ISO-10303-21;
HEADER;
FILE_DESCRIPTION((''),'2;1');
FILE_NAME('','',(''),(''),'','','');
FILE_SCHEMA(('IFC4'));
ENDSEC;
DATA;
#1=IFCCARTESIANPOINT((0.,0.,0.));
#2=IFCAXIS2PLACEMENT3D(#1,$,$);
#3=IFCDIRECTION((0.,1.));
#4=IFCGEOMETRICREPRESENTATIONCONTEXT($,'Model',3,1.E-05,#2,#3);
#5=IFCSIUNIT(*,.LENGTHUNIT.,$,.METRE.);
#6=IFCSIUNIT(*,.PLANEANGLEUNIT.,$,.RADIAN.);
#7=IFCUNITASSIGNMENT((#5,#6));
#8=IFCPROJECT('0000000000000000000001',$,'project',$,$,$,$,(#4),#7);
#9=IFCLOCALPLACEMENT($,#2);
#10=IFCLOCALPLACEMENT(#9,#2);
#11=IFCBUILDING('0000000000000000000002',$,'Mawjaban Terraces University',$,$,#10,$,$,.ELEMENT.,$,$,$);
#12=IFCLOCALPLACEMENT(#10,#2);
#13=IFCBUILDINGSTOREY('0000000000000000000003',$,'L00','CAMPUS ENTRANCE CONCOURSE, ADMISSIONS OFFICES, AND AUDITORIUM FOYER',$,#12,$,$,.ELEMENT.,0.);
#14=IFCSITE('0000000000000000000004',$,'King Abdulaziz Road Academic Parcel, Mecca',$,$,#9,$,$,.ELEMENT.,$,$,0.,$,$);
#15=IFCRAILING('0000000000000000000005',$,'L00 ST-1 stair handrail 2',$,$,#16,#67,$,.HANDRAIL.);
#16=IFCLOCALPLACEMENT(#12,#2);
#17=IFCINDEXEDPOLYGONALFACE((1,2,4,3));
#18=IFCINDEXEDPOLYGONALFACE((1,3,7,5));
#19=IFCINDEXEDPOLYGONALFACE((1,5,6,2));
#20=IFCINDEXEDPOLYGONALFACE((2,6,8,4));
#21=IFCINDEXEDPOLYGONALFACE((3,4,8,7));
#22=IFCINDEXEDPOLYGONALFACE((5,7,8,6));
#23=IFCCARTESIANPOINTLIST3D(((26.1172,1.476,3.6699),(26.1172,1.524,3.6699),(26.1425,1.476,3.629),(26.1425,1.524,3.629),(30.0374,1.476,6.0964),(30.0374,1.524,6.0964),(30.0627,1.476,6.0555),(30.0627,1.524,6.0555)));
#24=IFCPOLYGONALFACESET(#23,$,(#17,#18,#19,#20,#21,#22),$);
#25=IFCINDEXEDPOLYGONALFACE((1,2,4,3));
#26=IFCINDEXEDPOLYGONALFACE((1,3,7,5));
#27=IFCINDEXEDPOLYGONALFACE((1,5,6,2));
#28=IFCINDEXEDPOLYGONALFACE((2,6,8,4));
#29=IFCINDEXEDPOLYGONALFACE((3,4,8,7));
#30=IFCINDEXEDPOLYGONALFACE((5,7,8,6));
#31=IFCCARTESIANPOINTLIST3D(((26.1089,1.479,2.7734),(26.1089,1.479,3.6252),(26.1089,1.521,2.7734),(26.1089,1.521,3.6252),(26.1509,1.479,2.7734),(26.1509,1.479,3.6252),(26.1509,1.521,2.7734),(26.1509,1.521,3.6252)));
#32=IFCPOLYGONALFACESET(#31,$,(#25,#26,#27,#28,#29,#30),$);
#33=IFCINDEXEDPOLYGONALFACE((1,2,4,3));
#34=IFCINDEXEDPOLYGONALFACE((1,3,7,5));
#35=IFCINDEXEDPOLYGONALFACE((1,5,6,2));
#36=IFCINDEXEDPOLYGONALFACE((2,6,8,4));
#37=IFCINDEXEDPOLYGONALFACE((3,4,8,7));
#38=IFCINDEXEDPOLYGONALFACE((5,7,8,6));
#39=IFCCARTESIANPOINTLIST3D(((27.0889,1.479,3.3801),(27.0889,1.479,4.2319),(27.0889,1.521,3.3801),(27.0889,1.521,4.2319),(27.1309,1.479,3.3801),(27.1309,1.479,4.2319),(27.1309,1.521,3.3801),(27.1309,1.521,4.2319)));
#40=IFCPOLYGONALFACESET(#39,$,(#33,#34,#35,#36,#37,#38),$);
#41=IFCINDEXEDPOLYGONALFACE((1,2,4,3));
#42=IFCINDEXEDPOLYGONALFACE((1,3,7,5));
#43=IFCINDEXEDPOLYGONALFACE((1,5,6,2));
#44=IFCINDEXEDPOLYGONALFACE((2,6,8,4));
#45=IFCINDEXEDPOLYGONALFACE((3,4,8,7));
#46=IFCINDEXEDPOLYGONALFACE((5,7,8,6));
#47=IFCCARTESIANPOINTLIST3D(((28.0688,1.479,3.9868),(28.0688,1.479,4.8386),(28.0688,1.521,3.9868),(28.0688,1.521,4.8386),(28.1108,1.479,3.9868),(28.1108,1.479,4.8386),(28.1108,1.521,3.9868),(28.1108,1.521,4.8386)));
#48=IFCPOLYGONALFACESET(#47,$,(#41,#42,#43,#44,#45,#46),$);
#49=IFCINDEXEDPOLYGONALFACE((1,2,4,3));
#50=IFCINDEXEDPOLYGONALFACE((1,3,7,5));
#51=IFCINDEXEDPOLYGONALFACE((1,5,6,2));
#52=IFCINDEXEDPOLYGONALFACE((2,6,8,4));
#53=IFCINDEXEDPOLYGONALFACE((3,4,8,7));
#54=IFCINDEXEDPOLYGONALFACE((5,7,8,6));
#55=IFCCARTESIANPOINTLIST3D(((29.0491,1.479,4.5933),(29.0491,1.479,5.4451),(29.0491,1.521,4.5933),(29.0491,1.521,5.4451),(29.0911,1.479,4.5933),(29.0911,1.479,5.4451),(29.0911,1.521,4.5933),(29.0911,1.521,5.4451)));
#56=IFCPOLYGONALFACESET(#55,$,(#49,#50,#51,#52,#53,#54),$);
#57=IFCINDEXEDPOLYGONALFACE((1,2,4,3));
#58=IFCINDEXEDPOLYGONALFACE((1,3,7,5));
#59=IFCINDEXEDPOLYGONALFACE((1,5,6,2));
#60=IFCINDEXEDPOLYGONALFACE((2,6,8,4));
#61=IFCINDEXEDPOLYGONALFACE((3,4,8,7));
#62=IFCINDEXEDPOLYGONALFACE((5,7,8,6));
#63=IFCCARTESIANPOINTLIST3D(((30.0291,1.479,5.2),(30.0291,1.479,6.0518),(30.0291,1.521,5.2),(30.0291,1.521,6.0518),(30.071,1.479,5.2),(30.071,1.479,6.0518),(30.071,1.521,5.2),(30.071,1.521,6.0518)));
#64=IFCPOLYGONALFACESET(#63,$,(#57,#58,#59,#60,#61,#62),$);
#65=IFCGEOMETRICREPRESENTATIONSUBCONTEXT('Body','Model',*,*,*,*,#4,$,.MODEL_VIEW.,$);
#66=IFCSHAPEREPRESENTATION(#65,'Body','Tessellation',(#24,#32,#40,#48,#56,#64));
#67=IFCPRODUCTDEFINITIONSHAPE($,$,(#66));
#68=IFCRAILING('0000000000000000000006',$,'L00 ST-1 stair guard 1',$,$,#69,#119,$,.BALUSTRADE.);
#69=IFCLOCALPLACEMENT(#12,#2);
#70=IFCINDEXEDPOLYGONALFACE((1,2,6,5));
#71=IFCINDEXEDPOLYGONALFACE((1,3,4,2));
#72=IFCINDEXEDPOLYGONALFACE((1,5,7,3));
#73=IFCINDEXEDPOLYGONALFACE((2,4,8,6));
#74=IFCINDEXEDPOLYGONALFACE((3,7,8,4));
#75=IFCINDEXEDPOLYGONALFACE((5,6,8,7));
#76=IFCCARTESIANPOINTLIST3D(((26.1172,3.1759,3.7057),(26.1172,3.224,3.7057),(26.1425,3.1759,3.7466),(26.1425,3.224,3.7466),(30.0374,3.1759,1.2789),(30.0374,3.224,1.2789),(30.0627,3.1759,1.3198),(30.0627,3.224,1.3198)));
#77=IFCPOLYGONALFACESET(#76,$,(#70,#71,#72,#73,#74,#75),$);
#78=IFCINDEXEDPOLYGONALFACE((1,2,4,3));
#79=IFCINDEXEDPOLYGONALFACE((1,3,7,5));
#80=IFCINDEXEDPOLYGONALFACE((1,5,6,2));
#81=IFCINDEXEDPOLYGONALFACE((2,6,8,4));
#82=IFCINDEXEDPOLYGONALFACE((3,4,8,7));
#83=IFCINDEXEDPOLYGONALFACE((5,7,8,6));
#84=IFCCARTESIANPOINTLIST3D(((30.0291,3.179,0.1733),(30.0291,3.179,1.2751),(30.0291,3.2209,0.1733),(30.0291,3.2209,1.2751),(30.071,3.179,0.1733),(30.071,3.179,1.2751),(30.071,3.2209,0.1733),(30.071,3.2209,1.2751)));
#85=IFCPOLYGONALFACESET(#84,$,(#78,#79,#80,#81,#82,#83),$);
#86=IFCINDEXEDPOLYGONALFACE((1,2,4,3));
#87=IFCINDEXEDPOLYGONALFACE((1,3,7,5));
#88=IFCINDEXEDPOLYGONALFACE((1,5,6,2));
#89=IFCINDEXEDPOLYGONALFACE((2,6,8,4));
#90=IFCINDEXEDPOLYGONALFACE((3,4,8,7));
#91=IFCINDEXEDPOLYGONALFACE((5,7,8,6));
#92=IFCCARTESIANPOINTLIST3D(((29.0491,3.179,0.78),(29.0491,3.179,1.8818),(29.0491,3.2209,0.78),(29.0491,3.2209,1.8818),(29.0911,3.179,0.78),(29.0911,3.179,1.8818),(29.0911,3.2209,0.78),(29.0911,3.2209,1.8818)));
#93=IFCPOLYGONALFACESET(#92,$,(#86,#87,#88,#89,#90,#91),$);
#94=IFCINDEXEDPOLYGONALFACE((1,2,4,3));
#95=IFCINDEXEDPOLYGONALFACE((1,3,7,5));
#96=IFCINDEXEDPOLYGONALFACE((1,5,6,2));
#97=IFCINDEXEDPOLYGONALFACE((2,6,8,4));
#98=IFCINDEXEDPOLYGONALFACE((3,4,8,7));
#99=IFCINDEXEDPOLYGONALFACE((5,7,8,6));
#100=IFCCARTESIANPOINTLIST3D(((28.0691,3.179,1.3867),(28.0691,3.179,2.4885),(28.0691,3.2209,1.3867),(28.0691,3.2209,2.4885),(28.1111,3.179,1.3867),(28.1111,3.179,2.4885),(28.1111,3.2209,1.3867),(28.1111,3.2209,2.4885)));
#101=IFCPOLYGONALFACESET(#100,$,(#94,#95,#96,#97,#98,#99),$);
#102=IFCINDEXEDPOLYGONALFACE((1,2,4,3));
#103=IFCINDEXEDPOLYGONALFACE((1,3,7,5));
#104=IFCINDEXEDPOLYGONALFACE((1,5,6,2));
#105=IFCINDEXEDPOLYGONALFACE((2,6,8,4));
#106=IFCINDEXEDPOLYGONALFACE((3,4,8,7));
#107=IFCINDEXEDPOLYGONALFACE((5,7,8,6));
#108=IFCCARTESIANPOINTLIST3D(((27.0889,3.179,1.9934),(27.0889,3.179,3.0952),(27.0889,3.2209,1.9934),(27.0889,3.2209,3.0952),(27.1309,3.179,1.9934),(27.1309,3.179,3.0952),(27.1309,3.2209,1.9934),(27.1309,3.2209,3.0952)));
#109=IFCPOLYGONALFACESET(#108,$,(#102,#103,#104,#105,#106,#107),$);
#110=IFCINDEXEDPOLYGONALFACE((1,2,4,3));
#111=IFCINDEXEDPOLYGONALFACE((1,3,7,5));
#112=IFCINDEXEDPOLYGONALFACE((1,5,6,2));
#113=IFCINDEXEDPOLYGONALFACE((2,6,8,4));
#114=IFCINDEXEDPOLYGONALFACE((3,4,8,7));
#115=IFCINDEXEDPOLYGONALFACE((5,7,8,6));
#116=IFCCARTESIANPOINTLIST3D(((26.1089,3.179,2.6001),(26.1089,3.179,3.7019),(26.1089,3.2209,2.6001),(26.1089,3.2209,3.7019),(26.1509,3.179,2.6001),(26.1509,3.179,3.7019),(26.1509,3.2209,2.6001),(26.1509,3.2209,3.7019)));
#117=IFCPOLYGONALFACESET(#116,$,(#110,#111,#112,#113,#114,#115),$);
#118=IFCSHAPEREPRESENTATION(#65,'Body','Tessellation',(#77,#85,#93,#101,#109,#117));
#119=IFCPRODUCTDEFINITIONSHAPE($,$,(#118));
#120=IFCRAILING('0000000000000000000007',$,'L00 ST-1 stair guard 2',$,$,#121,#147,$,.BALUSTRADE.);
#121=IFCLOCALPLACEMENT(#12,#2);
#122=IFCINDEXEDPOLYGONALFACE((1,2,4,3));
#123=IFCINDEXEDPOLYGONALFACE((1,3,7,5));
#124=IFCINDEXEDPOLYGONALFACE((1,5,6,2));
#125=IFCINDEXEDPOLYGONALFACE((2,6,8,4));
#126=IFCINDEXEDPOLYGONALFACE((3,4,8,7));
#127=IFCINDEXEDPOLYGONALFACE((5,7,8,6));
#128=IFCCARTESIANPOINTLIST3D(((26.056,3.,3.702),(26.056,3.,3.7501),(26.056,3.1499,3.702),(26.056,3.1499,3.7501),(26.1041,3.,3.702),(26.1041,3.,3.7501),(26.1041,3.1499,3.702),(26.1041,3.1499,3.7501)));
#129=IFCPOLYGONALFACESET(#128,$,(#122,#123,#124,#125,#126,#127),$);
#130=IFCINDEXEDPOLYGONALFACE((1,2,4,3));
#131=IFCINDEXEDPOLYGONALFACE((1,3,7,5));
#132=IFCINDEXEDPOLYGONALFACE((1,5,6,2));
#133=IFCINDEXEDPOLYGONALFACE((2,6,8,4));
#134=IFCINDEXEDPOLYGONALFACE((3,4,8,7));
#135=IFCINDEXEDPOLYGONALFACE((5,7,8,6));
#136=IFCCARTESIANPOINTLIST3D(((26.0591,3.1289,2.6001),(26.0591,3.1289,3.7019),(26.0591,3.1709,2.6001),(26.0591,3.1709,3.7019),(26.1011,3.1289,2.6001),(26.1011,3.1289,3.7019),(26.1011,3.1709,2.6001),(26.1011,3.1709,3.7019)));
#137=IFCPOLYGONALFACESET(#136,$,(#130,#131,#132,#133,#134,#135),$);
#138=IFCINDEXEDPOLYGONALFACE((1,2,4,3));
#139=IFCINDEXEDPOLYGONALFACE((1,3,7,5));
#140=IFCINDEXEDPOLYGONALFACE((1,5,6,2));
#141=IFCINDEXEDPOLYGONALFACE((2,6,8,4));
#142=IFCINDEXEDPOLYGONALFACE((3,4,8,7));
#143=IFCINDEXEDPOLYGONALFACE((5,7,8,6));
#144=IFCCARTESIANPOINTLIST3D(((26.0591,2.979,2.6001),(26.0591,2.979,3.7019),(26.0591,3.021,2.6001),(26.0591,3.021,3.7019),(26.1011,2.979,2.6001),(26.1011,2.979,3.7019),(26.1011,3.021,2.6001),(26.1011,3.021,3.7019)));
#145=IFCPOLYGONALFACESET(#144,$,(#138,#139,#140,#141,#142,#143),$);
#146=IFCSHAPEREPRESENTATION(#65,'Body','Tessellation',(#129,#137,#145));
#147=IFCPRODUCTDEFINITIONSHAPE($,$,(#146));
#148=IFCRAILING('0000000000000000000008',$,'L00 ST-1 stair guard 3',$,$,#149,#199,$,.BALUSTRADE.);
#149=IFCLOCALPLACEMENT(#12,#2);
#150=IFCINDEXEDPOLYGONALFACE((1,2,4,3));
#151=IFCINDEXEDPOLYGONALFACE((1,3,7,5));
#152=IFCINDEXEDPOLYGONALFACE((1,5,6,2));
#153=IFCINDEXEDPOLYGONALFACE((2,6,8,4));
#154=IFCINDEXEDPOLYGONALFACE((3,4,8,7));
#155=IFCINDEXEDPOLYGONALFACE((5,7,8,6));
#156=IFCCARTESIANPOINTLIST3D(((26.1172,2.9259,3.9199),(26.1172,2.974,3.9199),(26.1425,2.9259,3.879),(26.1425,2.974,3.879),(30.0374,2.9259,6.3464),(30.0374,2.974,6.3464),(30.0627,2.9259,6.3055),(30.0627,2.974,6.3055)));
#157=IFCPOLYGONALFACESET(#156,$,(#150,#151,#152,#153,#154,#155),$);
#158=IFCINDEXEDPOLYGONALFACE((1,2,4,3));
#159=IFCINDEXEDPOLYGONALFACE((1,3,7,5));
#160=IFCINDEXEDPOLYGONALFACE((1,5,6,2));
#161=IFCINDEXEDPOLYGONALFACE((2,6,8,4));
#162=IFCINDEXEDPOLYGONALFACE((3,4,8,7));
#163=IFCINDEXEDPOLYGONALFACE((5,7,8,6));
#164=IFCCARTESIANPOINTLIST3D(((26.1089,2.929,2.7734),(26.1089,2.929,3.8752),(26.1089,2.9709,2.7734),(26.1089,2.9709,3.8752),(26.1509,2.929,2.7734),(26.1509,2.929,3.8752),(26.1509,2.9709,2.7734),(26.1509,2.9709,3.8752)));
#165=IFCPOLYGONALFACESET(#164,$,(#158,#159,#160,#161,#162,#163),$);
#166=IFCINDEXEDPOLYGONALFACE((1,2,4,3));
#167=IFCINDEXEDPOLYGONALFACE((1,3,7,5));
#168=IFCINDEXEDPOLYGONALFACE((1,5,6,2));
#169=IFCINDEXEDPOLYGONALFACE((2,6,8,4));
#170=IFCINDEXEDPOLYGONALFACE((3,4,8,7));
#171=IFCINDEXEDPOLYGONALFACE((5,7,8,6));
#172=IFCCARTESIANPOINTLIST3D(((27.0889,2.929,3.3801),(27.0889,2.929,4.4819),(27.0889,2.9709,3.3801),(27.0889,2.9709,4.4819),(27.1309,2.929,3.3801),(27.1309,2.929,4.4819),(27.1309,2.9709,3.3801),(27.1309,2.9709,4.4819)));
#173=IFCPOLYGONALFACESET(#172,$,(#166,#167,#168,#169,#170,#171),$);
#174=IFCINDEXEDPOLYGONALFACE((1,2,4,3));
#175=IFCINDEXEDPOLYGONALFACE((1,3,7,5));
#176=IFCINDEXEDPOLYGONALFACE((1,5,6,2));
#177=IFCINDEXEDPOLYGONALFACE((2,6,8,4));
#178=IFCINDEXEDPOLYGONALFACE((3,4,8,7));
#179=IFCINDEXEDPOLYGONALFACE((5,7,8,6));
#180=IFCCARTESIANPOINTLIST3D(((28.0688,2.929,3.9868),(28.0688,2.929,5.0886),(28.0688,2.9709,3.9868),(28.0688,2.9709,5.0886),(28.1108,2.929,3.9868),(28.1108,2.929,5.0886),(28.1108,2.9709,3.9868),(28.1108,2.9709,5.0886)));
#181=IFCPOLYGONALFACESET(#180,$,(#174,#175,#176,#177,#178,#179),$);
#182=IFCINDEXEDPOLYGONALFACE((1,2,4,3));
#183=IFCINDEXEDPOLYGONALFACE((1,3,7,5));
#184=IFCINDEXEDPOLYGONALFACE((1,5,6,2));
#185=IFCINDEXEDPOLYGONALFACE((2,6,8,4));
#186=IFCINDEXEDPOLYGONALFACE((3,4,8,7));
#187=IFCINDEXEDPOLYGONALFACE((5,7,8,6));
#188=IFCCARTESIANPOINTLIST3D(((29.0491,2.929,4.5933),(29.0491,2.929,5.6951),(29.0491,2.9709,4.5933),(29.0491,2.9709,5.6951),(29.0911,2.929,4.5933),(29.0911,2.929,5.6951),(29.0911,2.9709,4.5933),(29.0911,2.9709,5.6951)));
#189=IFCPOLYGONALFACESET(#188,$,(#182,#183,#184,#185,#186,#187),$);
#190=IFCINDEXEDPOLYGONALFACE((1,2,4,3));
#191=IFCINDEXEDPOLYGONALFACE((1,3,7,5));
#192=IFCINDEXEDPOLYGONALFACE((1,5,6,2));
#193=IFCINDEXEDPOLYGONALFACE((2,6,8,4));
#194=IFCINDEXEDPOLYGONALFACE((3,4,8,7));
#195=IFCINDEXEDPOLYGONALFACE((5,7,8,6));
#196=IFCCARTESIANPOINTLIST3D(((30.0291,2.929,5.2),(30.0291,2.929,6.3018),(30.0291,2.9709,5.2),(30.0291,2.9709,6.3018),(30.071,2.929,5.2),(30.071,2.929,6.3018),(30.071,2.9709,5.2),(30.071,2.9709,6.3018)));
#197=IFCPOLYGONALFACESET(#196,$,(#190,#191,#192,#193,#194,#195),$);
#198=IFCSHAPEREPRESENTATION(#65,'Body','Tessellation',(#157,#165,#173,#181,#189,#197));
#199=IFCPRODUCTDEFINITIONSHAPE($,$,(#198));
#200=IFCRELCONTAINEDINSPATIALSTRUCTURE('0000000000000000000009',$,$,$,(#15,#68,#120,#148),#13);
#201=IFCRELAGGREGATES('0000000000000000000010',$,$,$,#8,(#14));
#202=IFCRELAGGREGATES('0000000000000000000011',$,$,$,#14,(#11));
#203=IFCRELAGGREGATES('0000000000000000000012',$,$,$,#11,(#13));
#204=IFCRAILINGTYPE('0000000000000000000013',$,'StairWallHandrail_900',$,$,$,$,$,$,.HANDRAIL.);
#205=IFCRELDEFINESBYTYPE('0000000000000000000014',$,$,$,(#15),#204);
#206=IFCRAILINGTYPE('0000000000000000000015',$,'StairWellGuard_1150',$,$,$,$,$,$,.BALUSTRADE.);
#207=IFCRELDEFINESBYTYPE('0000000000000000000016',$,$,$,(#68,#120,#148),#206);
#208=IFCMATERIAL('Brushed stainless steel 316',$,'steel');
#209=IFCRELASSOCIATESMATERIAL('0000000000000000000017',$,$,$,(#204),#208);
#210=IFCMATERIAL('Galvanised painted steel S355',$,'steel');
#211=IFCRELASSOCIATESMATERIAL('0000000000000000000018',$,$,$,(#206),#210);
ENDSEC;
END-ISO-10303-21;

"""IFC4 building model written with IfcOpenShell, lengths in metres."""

from ifc_helpers import new_model, si_unit, direction, frame, origin, origin_2d, place, context, subcontext, project, spatial, rectangle, extrude, material, type_object, element, save


model = new_model("IFC4")

# Units and contexts
model_context = context("Model", 3, precision=1e-05, world=origin(), true_north=direction((0.0, 1.0)))
body_context = subcontext(model_context, "Body", "Model", "MODEL_VIEW")
ifc_project = project(units=[si_unit("LENGTHUNIT", "METRE"), si_unit("PLANEANGLEUNIT", "RADIAN")], contexts=[model_context])

# Site, building, storey
site_placement = place(None, origin())
site = spatial("IfcSite", under=ifc_project, at=site_placement, Name="King Abdulaziz Road Academic Parcel, Mecca", CompositionType="ELEMENT", RefElevation=0.0)
building_placement = place(site_placement, origin())
building = spatial("IfcBuilding", under=site, at=building_placement, Name="Mawjaban Terraces University", CompositionType="ELEMENT")
storey_placement = place(building_placement, origin())
storey = spatial("IfcBuildingStorey", under=building, at=storey_placement, Name="L00", Description="CAMPUS ENTRANCE CONCOURSE, ADMISSIONS OFFICES, AND AUDITORIUM FOYER", CompositionType="ELEMENT", Elevation=0.0)

# Railings
ifc_material_1 = material(Name="Brushed stainless steel 316", Category="steel")
railing_type_1 = type_object("IfcRailingType", Name="StairWallHandrail_900", PredefinedType="HANDRAIL", material=ifc_material_1)
railing_1_placement = place(storey_placement, frame((26.1299, 1.5, 2.7734)))
element("IfcRailing", 1, at=railing_1_placement, inside=storey, type_object=railing_type_1, Name="L00 ST-1 stair handrail 2", PredefinedType="HANDRAIL", context=body_context, shape_type="SweptSolid", body=[
    extrude(rectangle(XDim=0.0481, YDim=0.0481, at=origin_2d()), frame((0.0, 0.0, 0.876), z_axis=(0.85029, 0.0, 0.526315), x_axis=(0.0, 1.0, 0.0)), (0.0, 0.0, 1.0), 4.6104),
    extrude(rectangle(XDim=0.042, YDim=0.042, at=origin_2d()), origin(), (0.0, 0.0, 1.0), 0.8518),
    extrude(rectangle(XDim=0.042, YDim=0.042, at=origin_2d()), frame((0.98, 0.0, 0.6067)), (0.0, 0.0, 1.0), 0.8518),
    extrude(rectangle(XDim=0.042, YDim=0.042, at=origin_2d()), frame((1.96, 0.0, 1.2134)), (0.0, 0.0, 1.0), 0.8518),
    extrude(rectangle(XDim=0.042, YDim=0.042, at=origin_2d()), frame((2.9402, 0.0, 1.8198)), (0.0, 0.0, 1.0), 0.8518),
    extrude(rectangle(XDim=0.042, YDim=0.042, at=origin_2d()), frame((3.9202, 0.0, 2.4265)), (0.0, 0.0, 1.0), 0.8518),
])
ifc_material_2 = material(Name="Galvanised painted steel S355", Category="steel")
railing_type_2 = type_object("IfcRailingType", Name="StairWellGuard_1150", PredefinedType="BALUSTRADE", material=ifc_material_2)
railing_2_placement = place(storey_placement, frame((30.05, 3.2, 0.1733)))
element("IfcRailing", 2, at=railing_2_placement, inside=storey, type_object=railing_type_2, Name="L00 ST-1 stair guard 1", PredefinedType="BALUSTRADE", context=body_context, shape_type="SweptSolid", body=[
    extrude(rectangle(XDim=0.0481, YDim=0.0481, at=origin_2d()), frame((0.0, 0.0, 1.126), z_axis=(-0.850266, 0.0, 0.526353), x_axis=(0.0, -1.0, 0.0)), (0.0, 0.0, 1.0), 4.6106),
    extrude(rectangle(XDim=0.042, YDim=0.042, at=origin_2d()), origin(), (0.0, 0.0, 1.0), 1.1018),
    extrude(rectangle(XDim=0.042, YDim=0.042, at=origin_2d()), frame((-0.98, 0.0, 0.6067)), (0.0, 0.0, 1.0), 1.1018),
    extrude(rectangle(XDim=0.042, YDim=0.042, at=origin_2d()), frame((-1.96, 0.0, 1.2134)), (0.0, 0.0, 1.0), 1.1018),
    extrude(rectangle(XDim=0.042, YDim=0.042, at=origin_2d()), frame((-2.9402, 0.0, 1.8201)), (0.0, 0.0, 1.0), 1.1018),
    extrude(rectangle(XDim=0.042, YDim=0.042, at=origin_2d()), frame((-3.9202, 0.0, 2.4268)), (0.0, 0.0, 1.0), 1.1018),
])
railing_3_placement = place(storey_placement, frame((26.0801, 3.1499, 2.6001)))
element("IfcRailing", 3, at=railing_3_placement, inside=storey, type_object=railing_type_2, Name="L00 ST-1 stair guard 2", PredefinedType="BALUSTRADE", context=body_context, shape_type="SweptSolid", body=[
    extrude(rectangle(XDim=0.0481, YDim=0.0481, at=origin_2d()), frame((0.0, 0.0, 1.126), z_axis=(0.0, -1.0, 0.0), x_axis=(1.0, 0.0, 0.0)), (0.0, 0.0, 1.0), 0.1499),
    extrude(rectangle(XDim=0.042, YDim=0.042, at=origin_2d()), origin(), (0.0, 0.0, 1.0), 1.1018),
    extrude(rectangle(XDim=0.042, YDim=0.042, at=origin_2d()), frame((0.0, -0.1499, 0.0)), (0.0, 0.0, 1.0), 1.1018),
])
railing_4_placement = place(storey_placement, frame((26.1299, 2.95, 2.7734)))
element("IfcRailing", 4, at=railing_4_placement, inside=storey, type_object=railing_type_2, Name="L00 ST-1 stair guard 3", PredefinedType="BALUSTRADE", context=body_context, shape_type="SweptSolid", body=[
    extrude(rectangle(XDim=0.0481, YDim=0.0481, at=origin_2d()), frame((0.0, 0.0, 1.126), z_axis=(0.85029, 0.0, 0.526315), x_axis=(0.0, 1.0, 0.0)), (0.0, 0.0, 1.0), 4.6104),
    extrude(rectangle(XDim=0.042, YDim=0.042, at=origin_2d()), origin(), (0.0, 0.0, 1.0), 1.1018),
    extrude(rectangle(XDim=0.042, YDim=0.042, at=origin_2d()), frame((0.98, 0.0, 0.6067)), (0.0, 0.0, 1.0), 1.1018),
    extrude(rectangle(XDim=0.042, YDim=0.042, at=origin_2d()), frame((1.96, 0.0, 1.2134)), (0.0, 0.0, 1.0), 1.1018),
    extrude(rectangle(XDim=0.042, YDim=0.042, at=origin_2d()), frame((2.9402, 0.0, 1.8198)), (0.0, 0.0, 1.0), 1.1018),
    extrude(rectangle(XDim=0.042, YDim=0.042, at=origin_2d()), frame((3.9202, 0.0, 2.4265)), (0.0, 0.0, 1.0), 1.1018),
])

save(model, "model.ifc")
